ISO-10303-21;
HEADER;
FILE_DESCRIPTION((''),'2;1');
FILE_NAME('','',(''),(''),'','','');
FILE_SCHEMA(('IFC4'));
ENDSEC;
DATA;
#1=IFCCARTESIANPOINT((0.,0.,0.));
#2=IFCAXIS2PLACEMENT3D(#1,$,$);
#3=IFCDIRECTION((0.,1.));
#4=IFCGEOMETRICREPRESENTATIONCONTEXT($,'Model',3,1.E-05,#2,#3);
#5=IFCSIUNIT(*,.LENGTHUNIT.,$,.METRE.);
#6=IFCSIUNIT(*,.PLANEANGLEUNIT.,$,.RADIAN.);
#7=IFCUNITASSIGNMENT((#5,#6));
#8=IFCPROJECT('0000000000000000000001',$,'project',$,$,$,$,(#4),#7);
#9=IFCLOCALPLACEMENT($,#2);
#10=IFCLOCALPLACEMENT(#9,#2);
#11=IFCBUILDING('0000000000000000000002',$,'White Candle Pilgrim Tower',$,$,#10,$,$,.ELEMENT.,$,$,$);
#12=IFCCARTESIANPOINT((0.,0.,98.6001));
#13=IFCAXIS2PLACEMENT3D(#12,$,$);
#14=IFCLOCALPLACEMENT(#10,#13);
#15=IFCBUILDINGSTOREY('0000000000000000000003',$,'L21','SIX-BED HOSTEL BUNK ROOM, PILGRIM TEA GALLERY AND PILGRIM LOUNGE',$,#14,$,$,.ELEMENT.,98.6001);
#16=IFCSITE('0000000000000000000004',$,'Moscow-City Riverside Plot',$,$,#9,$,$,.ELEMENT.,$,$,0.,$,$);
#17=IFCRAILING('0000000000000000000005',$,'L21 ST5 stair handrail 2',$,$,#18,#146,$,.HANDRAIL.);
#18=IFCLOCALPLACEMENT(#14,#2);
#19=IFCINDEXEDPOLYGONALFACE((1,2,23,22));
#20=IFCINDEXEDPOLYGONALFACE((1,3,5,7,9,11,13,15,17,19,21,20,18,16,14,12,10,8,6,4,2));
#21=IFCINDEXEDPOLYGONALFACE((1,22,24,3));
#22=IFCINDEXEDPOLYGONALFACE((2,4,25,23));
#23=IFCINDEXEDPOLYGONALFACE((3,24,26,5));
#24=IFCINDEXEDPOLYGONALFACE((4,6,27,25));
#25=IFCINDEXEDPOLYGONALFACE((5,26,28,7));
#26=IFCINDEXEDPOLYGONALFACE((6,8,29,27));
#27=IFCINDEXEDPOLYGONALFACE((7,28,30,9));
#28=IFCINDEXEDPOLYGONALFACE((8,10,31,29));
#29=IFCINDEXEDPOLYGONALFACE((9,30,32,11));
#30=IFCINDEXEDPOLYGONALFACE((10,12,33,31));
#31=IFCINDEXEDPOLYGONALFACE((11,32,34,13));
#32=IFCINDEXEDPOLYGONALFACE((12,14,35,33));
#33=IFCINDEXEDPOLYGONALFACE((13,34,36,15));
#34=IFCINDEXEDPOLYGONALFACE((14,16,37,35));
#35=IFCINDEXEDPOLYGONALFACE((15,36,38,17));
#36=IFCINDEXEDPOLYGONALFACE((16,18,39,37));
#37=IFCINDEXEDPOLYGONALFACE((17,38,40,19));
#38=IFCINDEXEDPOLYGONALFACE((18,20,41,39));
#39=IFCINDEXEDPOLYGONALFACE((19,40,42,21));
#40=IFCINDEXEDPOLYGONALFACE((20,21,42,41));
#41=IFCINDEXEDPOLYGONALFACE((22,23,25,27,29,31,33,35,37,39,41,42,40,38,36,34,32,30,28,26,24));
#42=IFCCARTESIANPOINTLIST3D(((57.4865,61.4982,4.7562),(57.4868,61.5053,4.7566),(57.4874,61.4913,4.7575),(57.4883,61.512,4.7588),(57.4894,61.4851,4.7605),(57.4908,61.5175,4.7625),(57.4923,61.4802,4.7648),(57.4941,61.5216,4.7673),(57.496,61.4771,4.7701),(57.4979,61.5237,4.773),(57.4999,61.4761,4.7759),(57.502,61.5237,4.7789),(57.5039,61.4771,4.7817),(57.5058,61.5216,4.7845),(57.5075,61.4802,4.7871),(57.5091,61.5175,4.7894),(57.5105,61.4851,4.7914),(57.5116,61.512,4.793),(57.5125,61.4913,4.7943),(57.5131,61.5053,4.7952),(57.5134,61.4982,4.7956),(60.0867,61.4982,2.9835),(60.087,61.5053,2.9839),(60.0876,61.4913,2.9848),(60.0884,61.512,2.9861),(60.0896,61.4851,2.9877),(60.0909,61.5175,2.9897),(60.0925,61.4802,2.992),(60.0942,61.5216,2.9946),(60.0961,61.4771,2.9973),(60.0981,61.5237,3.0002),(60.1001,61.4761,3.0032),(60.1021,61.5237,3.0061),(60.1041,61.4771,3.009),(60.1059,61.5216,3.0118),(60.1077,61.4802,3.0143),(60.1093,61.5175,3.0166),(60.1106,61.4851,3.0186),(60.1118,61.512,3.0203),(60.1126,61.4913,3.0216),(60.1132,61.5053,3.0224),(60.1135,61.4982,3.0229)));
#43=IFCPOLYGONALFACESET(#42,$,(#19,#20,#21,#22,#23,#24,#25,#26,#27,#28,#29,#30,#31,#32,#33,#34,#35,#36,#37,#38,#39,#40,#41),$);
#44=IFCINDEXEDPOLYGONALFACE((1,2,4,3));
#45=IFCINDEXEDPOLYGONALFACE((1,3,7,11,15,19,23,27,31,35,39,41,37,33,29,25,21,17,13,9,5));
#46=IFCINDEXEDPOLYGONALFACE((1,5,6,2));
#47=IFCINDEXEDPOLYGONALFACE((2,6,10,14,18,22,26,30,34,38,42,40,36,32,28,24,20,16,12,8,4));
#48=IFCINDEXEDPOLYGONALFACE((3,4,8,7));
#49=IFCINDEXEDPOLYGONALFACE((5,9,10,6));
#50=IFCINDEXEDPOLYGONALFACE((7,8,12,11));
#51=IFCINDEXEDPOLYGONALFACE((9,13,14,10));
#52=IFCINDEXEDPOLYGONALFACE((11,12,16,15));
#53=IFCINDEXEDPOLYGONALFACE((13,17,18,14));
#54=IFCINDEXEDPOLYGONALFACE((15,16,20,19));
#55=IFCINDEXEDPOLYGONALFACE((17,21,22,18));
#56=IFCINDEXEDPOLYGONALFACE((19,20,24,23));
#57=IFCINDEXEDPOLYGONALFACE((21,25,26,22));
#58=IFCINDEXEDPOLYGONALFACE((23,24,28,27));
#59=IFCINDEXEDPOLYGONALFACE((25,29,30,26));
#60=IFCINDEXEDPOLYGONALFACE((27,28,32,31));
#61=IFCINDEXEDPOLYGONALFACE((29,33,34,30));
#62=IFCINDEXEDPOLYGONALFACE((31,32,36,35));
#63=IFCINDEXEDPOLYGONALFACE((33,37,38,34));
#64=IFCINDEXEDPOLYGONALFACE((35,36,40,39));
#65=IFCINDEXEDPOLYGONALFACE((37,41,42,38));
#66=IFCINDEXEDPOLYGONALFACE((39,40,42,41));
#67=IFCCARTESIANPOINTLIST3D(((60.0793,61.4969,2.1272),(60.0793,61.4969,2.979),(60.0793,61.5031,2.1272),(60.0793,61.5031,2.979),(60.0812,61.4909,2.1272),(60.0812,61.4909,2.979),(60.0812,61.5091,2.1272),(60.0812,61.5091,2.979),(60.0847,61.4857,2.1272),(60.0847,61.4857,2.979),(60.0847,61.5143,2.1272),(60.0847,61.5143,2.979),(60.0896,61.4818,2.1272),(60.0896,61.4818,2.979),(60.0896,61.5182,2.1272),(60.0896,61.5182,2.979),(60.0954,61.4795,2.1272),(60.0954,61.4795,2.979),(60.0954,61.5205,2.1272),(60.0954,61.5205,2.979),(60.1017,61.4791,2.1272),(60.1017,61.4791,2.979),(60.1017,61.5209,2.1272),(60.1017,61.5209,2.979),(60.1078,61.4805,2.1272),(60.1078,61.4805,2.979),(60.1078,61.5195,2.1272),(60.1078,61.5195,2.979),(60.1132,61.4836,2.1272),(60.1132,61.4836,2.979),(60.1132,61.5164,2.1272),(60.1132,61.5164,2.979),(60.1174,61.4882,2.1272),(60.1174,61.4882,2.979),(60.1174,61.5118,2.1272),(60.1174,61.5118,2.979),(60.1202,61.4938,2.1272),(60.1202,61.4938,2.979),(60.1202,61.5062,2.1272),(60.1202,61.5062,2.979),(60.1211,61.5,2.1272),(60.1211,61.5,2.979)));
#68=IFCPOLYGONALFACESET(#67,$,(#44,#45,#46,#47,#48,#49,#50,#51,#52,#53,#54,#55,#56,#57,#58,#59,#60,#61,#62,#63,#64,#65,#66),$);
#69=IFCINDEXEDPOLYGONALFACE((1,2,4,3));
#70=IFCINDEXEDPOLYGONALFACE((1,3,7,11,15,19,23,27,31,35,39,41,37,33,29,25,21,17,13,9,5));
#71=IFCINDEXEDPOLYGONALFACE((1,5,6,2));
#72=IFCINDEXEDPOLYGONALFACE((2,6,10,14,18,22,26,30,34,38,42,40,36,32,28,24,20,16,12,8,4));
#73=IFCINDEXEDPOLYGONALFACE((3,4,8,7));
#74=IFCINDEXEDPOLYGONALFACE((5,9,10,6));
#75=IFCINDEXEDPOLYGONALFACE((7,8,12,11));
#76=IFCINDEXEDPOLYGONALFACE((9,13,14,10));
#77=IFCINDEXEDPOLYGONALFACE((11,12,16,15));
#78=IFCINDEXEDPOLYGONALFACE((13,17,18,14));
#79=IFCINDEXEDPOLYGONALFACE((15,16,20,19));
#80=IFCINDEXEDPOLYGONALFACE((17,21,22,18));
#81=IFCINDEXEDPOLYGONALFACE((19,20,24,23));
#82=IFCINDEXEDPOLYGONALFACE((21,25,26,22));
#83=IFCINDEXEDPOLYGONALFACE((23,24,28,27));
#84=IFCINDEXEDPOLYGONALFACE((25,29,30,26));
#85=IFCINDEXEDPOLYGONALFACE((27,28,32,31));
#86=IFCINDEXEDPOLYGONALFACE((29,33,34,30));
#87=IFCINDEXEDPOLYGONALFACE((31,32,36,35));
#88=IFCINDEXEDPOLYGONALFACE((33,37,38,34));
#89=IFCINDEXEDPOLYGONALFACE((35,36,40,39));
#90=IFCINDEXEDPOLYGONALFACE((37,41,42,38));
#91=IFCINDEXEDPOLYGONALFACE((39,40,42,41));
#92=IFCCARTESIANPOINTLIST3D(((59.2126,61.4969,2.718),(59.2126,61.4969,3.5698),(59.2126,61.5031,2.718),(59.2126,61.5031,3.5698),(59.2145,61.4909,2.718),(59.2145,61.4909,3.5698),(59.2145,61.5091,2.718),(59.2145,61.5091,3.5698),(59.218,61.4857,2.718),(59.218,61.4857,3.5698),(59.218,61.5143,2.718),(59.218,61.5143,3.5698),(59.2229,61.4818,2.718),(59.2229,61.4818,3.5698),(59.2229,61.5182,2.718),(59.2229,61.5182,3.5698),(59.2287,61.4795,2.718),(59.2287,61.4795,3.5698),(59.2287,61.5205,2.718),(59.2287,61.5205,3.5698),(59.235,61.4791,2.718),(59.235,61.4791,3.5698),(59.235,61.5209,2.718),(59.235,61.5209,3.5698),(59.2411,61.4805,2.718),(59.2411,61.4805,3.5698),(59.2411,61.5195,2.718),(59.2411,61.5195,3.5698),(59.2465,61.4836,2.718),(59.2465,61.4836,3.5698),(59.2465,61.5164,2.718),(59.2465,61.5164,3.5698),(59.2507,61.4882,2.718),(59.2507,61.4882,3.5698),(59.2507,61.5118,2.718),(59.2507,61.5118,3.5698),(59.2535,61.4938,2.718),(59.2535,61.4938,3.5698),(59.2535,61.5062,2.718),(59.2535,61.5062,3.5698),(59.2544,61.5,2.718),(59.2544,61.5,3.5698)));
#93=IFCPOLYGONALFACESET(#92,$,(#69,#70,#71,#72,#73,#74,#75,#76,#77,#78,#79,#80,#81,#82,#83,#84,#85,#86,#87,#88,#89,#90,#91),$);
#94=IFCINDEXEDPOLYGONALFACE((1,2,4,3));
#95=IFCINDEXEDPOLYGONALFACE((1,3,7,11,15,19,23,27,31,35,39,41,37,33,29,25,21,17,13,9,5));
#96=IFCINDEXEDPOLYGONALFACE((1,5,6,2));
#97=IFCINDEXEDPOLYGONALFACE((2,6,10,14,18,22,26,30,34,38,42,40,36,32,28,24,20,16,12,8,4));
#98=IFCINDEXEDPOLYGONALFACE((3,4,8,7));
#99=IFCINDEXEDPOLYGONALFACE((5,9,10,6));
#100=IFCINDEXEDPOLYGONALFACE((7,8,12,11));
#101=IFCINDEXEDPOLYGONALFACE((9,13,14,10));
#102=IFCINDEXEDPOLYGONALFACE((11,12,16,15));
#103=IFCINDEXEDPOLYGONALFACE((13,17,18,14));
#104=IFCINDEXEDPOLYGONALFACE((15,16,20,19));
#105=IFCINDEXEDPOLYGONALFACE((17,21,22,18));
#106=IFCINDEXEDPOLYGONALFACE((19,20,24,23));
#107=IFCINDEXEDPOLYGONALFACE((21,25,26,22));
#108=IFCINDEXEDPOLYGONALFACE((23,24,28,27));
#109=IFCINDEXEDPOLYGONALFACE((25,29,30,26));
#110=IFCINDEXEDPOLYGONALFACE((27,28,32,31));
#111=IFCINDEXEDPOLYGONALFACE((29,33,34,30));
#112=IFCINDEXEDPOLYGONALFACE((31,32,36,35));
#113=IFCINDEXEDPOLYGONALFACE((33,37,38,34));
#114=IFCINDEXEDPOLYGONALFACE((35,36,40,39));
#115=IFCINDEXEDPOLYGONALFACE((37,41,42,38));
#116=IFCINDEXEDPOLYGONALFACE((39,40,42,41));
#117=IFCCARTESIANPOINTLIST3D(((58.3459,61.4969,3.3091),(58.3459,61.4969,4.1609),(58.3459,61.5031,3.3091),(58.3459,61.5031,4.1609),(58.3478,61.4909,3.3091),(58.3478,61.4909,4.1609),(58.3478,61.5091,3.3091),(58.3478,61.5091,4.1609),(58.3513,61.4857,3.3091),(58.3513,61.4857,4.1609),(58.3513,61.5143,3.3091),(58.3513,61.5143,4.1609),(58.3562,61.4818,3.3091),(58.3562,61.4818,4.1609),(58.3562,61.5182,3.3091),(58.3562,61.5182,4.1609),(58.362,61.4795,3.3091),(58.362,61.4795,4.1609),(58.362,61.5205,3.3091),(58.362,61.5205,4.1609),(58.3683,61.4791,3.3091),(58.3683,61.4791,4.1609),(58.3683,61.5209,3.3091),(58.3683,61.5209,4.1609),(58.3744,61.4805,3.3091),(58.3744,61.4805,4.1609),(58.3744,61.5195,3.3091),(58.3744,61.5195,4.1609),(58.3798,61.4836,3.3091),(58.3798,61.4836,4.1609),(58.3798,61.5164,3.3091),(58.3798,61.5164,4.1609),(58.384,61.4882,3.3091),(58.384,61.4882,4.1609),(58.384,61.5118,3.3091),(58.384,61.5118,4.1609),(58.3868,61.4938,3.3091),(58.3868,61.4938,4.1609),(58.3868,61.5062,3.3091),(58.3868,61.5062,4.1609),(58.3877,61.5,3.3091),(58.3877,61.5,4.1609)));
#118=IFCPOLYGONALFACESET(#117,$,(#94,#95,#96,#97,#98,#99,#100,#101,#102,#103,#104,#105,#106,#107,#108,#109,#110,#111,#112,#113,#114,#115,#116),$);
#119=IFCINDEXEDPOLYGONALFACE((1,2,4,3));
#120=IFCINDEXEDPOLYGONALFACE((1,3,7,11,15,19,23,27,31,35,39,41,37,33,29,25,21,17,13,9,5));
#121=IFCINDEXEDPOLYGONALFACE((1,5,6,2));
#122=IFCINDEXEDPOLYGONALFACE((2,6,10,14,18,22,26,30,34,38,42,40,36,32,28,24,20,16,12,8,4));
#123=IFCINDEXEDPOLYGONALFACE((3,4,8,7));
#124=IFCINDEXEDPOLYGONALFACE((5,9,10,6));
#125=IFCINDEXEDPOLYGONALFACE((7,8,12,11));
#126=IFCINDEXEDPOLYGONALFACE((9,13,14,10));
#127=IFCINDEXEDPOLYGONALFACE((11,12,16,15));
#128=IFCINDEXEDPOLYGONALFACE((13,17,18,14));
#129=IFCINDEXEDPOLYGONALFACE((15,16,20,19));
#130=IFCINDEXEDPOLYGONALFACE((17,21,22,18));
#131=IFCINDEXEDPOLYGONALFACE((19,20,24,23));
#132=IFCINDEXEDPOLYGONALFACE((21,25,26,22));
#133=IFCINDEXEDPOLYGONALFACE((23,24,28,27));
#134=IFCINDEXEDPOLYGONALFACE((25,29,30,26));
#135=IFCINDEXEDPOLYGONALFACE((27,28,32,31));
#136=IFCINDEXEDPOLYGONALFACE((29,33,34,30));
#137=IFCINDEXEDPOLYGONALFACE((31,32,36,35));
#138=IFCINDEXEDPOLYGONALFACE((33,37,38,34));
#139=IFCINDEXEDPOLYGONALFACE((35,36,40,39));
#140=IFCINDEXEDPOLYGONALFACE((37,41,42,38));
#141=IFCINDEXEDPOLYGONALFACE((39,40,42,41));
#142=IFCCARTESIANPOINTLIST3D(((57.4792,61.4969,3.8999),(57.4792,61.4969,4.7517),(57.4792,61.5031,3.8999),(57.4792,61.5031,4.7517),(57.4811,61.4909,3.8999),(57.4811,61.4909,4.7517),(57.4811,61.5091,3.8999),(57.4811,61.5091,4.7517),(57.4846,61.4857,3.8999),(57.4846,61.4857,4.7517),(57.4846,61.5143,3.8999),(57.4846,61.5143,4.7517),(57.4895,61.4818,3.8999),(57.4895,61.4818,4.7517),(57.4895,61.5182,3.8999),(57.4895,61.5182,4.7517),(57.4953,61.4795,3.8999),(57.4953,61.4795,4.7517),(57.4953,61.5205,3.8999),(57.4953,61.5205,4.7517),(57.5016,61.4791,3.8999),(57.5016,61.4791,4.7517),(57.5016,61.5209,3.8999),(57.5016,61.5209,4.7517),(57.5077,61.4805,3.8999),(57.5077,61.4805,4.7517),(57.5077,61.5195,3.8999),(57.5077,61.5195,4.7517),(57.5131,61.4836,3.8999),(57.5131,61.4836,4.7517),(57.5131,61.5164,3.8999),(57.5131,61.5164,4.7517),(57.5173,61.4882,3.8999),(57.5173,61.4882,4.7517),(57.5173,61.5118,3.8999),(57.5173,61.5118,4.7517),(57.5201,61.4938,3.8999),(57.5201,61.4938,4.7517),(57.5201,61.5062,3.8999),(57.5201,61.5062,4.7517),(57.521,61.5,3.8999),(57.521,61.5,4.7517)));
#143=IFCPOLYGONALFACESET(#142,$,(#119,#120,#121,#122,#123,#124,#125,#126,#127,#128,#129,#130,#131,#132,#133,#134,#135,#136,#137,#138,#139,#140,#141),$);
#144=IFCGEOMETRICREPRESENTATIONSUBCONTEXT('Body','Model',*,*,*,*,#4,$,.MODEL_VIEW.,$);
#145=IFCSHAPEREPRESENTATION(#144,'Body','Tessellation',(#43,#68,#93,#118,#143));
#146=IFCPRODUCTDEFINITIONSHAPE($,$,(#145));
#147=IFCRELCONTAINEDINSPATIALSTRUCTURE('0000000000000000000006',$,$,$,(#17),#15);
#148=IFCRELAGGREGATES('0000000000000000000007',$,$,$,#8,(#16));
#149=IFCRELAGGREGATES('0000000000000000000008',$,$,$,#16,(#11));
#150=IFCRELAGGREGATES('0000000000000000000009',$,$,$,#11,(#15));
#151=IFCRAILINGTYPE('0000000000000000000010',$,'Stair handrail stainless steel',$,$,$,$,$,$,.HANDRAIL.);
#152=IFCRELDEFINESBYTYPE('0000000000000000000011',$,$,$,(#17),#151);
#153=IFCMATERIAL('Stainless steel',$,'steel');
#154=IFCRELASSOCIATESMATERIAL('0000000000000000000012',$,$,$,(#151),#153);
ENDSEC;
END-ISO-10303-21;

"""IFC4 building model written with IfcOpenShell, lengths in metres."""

from ifc_helpers import new_model, si_unit, direction, frame, origin, origin_2d, place, context, subcontext, project, spatial, circle, extrude, material, type_object, element, save


model = new_model("IFC4")

# Units and contexts
model_context = context("Model", 3, precision=1e-05, world=origin(), true_north=direction((0.0, 1.0)))
body_context = subcontext(model_context, "Body", "Model", "MODEL_VIEW")
ifc_project = project(units=[si_unit("LENGTHUNIT", "METRE"), si_unit("PLANEANGLEUNIT", "RADIAN")], contexts=[model_context])

# Site, building, storey
site_placement = place(None, origin())
site = spatial("IfcSite", under=ifc_project, at=site_placement, Name="Moscow-City Riverside Plot", CompositionType="ELEMENT", RefElevation=0.0)
building_placement = place(site_placement, origin())
building = spatial("IfcBuilding", under=site, at=building_placement, Name="White Candle Pilgrim Tower", CompositionType="ELEMENT")
storey_placement = place(building_placement, frame((0.0, 0.0, 98.6001)))
storey = spatial("IfcBuildingStorey", under=building, at=storey_placement, Name="L21", Description="SIX-BED HOSTEL BUNK ROOM, PILGRIM TEA GALLERY AND PILGRIM LOUNGE", CompositionType="ELEMENT", Elevation=98.6001)

# Railing
ifc_material_1 = material(Name="Stainless steel", Category="steel")
railing_type_1 = type_object("IfcRailingType", Name="Stair handrail stainless steel", PredefinedType="HANDRAIL", material=ifc_material_1)
railing_1_placement = place(storey_placement, frame((60.1001, 61.5, 2.1272)))
element("IfcRailing", 1, at=railing_1_placement, inside=storey, type_object=railing_type_1, Name="L21 ST5 stair handrail 2", PredefinedType="HANDRAIL", context=body_context, shape_type="SweptSolid", body=[
    extrude(circle(Radius=0.0239, at=origin_2d()), frame((0.0, 0.0, 0.876), z_axis=(-0.82624, 0.0, 0.563318), x_axis=(0.0, -1.0, 0.0)), (0.0, 0.0, 1.0), 3.147),
    extrude(circle(Radius=0.021, at=origin_2d()), origin(), (0.0, 0.0, 1.0), 0.8518),
    extrude(circle(Radius=0.021, at=origin_2d()), frame((-0.8667, 0.0, 0.5908)), (0.0, 0.0, 1.0), 0.8518),
    extrude(circle(Radius=0.021, at=origin_2d()), frame((-1.7334, 0.0, 1.1819)), (0.0, 0.0, 1.0), 0.8518),
    extrude(circle(Radius=0.021, at=origin_2d()), frame((-2.6001, 0.0, 1.7727)), (0.0, 0.0, 1.0), 0.8518),
])

save(model, "model.ifc")
